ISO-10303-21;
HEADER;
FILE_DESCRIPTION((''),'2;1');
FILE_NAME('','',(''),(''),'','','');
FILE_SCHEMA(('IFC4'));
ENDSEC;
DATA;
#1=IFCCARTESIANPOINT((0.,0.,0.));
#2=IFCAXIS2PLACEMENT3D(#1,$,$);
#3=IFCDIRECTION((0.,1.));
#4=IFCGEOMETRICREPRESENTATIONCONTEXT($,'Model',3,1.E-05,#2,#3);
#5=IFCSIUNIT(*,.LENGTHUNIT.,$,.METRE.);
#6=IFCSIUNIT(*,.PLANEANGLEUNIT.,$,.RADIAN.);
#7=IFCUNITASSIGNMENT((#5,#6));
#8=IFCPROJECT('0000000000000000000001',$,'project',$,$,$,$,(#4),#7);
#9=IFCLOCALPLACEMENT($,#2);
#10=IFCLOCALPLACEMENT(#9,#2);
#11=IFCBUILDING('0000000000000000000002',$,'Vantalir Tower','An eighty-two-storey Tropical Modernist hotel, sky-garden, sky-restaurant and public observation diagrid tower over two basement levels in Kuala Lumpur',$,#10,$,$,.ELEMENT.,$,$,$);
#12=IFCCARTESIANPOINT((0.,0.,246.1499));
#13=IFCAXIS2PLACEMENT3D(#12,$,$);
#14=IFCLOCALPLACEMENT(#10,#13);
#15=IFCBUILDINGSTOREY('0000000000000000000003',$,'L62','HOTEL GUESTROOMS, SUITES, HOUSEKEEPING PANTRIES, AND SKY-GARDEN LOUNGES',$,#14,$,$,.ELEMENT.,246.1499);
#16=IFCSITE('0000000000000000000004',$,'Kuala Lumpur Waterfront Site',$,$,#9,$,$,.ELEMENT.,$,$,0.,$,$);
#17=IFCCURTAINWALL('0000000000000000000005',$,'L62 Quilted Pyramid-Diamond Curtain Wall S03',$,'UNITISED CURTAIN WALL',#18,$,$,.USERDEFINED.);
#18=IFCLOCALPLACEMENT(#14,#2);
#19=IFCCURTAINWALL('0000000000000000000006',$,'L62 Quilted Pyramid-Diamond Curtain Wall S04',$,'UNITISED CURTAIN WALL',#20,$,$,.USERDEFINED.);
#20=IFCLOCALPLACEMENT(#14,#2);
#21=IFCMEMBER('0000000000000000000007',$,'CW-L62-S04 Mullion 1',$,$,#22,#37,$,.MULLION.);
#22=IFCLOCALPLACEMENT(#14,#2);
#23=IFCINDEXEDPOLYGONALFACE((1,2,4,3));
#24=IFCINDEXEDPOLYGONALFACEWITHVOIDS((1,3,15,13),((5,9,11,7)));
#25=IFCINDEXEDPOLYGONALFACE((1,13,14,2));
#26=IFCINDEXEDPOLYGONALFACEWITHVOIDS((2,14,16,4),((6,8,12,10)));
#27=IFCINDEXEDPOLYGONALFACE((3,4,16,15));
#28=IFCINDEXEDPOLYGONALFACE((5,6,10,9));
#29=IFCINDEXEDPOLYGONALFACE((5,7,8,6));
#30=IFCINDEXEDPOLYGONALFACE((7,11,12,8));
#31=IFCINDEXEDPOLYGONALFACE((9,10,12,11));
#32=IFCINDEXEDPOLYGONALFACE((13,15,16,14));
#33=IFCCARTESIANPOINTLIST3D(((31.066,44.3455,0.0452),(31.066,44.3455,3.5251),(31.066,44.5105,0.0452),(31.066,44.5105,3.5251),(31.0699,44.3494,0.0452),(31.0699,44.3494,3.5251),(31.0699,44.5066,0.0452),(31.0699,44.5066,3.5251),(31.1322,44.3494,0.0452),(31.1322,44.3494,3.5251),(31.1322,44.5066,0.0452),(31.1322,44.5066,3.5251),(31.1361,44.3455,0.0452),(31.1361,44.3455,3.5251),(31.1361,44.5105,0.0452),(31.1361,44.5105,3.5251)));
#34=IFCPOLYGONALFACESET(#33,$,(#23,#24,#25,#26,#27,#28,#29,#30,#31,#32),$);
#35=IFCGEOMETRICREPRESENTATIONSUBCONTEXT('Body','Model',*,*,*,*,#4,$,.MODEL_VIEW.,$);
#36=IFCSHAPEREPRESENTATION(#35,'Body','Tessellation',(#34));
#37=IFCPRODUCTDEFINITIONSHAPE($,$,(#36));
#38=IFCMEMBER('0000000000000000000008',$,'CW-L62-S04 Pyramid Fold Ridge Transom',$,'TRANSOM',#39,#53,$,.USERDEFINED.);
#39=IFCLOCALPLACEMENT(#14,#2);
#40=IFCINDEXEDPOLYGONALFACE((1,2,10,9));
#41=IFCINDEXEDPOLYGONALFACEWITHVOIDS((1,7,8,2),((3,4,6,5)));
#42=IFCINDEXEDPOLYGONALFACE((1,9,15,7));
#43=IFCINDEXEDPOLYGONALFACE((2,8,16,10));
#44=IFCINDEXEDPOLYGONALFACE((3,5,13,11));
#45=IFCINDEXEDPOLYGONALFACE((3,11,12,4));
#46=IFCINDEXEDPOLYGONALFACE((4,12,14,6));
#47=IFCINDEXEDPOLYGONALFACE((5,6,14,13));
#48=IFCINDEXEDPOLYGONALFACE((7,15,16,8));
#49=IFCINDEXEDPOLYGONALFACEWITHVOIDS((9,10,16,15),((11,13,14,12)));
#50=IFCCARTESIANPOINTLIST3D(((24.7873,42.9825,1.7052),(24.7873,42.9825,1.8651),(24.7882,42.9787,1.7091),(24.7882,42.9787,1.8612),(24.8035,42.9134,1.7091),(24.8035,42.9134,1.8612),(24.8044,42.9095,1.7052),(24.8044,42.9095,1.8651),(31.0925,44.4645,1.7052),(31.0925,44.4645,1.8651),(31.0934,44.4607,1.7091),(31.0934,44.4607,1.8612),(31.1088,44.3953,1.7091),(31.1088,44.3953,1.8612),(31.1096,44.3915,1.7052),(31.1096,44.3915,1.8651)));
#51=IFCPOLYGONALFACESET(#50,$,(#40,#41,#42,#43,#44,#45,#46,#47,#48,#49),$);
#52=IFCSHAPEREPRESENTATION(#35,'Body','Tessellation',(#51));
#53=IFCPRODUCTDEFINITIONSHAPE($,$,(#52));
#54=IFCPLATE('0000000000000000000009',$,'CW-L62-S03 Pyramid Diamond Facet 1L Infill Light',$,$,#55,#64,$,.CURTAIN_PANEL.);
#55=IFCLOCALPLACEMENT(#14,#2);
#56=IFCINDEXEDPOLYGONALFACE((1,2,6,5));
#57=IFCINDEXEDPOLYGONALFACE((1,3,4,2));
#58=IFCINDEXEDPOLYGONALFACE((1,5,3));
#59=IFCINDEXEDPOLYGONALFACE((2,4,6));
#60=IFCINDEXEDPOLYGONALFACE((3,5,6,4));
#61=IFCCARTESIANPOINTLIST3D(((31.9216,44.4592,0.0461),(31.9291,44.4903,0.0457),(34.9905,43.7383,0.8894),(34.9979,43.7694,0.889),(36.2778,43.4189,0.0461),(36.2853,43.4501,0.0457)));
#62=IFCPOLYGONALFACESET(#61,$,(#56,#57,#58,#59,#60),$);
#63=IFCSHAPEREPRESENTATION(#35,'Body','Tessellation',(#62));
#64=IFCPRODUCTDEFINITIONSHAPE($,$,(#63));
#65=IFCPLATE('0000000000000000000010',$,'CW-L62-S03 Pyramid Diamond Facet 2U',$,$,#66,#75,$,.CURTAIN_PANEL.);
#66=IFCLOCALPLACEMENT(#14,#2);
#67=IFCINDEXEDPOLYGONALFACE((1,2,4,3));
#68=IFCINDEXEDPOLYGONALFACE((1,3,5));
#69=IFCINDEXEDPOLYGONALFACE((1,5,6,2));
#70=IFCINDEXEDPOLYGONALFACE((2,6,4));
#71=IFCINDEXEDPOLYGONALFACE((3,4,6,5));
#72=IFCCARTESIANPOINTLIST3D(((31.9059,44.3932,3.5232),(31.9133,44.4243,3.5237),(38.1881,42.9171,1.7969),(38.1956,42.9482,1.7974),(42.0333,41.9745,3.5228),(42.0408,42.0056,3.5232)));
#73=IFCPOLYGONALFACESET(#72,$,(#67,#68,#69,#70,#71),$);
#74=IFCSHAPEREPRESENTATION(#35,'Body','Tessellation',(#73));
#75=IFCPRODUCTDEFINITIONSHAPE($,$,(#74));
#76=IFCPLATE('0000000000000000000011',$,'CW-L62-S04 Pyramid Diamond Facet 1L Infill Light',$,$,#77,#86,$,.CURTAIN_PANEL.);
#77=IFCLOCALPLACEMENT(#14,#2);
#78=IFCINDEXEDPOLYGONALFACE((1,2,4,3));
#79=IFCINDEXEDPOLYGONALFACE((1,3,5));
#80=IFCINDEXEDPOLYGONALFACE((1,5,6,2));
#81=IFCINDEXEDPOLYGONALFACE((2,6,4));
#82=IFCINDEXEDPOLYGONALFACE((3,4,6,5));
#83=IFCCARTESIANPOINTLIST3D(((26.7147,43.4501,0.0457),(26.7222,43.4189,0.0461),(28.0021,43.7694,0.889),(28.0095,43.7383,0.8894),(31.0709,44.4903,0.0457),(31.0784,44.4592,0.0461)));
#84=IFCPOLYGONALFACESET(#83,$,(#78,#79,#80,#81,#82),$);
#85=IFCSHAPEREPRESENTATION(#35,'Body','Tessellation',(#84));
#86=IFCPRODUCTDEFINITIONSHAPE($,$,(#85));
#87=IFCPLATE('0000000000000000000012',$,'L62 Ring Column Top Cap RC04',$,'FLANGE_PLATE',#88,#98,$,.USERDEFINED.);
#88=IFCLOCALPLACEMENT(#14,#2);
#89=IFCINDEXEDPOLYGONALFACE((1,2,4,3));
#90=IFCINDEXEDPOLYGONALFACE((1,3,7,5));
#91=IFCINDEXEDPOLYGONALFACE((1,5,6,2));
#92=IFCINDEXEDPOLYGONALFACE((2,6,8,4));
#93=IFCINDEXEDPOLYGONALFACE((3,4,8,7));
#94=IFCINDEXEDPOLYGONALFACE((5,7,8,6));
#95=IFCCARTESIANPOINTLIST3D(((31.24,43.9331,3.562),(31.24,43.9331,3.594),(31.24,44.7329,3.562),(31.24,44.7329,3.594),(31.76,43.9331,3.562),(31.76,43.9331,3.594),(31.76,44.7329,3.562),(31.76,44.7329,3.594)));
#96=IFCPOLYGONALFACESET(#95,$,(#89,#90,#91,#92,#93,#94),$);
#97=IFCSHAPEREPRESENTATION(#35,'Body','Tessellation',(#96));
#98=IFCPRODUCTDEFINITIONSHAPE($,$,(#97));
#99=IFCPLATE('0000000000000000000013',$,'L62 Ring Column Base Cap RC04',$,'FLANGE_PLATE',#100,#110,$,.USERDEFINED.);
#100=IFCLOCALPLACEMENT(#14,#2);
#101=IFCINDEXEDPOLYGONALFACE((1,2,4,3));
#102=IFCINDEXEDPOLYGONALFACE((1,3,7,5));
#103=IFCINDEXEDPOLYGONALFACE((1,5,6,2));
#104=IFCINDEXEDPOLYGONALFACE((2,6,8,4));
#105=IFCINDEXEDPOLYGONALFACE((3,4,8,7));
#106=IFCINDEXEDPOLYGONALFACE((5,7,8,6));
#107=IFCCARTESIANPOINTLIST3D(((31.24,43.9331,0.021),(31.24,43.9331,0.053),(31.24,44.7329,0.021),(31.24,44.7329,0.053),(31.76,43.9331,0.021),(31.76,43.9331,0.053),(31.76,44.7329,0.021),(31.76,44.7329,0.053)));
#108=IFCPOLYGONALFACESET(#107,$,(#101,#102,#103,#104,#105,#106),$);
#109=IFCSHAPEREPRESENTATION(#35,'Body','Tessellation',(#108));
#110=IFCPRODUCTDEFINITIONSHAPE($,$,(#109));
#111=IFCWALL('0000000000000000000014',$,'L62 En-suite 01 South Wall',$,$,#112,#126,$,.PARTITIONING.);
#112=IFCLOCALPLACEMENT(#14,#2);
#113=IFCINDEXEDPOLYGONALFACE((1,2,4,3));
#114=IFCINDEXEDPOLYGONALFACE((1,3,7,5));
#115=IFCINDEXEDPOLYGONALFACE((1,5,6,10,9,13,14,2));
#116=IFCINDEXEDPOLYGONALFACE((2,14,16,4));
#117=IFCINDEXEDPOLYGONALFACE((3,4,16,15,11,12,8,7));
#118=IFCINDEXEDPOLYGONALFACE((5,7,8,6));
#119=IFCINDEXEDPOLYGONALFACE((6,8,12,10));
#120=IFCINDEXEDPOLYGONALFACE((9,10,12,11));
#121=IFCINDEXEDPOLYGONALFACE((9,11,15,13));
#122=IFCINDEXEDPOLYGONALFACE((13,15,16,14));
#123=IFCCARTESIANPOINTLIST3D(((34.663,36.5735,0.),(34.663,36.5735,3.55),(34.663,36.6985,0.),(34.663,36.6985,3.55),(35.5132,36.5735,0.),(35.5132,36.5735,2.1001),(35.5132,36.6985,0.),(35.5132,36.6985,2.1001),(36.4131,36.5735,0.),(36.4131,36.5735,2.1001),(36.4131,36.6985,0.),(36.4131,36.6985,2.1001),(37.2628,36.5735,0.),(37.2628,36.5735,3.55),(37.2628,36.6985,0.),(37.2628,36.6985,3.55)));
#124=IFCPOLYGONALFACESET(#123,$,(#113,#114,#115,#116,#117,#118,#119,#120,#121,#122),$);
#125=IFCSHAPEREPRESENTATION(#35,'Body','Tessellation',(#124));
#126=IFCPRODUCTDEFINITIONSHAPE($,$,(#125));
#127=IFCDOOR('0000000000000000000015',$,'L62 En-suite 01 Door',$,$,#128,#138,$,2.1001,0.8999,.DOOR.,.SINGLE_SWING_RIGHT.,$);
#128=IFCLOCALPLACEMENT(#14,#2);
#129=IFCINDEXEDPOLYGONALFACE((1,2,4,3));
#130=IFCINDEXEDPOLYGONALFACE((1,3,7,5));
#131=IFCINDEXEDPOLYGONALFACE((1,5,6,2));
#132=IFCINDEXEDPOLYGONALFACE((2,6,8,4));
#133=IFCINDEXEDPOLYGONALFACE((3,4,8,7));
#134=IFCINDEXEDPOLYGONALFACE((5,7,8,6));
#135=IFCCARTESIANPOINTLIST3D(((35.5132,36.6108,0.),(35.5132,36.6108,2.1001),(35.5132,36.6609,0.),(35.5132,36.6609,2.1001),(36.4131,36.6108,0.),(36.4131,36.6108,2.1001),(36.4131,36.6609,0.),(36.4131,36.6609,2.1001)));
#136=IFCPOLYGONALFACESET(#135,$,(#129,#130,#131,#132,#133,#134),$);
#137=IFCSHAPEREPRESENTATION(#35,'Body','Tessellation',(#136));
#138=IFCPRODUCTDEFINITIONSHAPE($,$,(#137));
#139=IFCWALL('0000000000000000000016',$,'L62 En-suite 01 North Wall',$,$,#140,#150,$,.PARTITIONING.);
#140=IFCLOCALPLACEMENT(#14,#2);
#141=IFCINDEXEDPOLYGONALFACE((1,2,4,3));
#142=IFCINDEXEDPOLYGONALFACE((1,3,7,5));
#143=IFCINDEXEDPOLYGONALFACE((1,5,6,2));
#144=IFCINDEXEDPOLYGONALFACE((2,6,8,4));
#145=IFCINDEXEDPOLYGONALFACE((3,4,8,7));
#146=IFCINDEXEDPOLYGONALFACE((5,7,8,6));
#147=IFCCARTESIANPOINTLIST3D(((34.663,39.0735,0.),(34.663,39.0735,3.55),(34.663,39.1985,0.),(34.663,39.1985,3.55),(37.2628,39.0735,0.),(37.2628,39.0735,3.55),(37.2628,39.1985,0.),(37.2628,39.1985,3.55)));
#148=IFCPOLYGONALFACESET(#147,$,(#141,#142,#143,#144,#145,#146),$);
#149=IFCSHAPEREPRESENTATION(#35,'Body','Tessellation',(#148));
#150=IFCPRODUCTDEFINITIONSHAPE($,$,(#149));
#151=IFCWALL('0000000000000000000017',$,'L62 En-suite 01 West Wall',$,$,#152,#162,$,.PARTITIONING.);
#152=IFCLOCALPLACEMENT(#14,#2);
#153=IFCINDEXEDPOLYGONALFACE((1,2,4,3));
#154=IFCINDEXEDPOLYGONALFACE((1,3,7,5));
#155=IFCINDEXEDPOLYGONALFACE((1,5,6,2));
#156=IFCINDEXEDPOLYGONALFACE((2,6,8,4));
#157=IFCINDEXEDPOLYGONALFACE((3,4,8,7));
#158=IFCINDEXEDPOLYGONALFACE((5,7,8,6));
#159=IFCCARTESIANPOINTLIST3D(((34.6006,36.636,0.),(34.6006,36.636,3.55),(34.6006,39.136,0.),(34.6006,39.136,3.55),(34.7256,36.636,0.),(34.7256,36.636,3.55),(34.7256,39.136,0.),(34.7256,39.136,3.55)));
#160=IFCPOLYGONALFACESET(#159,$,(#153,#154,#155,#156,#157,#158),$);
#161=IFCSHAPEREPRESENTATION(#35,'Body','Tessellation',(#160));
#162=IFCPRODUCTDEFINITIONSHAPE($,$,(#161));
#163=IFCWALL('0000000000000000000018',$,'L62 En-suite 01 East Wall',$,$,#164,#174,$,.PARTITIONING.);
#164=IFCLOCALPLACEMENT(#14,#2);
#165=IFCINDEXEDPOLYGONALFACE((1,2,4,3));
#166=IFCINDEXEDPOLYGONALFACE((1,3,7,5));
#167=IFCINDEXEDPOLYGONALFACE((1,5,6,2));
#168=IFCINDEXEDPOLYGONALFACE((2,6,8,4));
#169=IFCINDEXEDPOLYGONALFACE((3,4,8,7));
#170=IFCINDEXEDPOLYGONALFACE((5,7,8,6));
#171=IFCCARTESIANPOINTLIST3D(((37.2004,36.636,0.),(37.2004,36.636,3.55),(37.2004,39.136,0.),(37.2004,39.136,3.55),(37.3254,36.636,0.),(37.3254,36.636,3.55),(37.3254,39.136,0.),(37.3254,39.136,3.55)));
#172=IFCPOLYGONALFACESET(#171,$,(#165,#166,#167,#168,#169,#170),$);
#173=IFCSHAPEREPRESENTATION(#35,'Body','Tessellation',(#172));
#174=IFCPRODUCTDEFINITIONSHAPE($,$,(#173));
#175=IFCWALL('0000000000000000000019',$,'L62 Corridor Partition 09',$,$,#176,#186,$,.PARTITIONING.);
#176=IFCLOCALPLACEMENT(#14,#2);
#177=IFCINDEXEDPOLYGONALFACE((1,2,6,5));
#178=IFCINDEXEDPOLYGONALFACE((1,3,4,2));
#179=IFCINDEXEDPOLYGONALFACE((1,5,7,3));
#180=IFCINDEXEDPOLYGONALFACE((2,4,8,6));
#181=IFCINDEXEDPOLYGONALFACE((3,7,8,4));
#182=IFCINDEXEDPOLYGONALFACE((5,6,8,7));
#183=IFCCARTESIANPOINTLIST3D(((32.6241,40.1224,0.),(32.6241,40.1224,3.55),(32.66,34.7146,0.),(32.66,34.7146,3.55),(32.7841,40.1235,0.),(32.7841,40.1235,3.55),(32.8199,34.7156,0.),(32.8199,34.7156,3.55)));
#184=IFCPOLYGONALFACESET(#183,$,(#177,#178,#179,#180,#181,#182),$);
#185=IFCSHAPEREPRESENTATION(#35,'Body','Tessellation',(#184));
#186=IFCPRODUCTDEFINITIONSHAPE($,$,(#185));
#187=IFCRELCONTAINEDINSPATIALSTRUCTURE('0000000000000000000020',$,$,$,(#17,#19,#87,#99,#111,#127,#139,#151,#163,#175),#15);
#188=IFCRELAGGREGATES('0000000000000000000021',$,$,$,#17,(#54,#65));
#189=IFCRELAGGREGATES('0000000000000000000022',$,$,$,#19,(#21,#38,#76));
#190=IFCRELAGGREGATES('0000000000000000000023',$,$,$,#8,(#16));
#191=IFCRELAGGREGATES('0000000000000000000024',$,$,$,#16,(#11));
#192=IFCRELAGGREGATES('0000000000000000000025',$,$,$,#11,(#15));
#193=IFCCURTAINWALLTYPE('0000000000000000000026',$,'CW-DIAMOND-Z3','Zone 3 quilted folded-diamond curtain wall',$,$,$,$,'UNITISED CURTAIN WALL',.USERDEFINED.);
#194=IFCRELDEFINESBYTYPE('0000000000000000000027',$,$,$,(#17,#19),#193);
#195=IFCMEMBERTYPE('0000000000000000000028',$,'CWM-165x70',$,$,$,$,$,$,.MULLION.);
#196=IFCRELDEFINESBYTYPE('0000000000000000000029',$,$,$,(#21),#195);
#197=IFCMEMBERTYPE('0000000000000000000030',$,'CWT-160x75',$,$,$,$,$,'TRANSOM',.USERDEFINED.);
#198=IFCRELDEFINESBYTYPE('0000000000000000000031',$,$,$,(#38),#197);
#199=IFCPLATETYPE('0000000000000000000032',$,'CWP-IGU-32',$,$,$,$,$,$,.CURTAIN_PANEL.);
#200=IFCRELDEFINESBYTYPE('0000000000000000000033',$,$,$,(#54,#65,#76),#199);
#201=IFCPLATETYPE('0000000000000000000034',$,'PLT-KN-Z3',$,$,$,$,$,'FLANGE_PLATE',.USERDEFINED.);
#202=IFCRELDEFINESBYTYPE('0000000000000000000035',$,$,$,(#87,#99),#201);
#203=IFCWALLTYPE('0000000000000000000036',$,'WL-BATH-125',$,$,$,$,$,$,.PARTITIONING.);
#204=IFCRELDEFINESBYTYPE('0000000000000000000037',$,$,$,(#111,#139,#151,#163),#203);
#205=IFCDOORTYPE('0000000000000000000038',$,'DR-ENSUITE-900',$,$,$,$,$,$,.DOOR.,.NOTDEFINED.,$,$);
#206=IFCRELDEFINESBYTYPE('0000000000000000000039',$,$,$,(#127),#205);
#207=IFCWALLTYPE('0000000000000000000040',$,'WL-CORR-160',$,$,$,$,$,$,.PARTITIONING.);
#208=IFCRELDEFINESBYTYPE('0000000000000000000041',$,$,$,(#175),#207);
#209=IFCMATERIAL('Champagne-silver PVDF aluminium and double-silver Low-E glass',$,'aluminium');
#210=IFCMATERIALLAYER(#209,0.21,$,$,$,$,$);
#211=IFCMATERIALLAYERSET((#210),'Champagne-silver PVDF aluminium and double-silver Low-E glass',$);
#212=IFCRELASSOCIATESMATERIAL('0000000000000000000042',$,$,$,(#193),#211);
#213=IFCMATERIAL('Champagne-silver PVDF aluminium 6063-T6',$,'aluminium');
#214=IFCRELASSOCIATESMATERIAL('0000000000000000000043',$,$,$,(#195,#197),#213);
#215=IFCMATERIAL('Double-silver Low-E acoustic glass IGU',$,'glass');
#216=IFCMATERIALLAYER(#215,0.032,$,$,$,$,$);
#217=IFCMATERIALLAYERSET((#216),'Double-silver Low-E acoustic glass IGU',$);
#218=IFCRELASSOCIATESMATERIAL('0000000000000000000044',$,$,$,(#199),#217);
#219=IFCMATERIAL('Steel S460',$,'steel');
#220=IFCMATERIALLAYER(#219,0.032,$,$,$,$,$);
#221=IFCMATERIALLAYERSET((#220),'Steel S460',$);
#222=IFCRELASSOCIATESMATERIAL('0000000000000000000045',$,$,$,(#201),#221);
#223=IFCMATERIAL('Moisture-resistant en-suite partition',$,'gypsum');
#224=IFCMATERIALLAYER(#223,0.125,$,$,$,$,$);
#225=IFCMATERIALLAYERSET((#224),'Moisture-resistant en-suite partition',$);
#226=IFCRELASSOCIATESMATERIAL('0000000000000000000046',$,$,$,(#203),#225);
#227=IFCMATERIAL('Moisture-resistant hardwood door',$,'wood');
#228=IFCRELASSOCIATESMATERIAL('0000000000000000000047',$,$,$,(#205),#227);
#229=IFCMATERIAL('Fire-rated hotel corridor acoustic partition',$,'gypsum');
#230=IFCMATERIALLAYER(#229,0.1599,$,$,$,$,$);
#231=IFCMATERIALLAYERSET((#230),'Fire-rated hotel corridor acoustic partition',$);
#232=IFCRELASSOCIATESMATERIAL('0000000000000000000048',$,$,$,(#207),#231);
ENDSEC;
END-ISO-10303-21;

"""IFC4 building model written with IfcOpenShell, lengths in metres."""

from ifc_helpers import new_model, si_unit, direction, frame, frame_2d, origin, origin_2d, place, context, subcontext, project, spatial, polyline, rectangle, hollow_rectangle, outline, extrude, material, layer, layer_set, material_profile, profile_set, type_object, element, fill, aggregate, save


model = new_model("IFC4")

# Units and contexts
model_context = context("Model", 3, precision=1e-05, world=origin(), true_north=direction((0.0, 1.0)))
body_context = subcontext(model_context, "Body", "Model", "MODEL_VIEW")
ifc_project = project(units=[si_unit("LENGTHUNIT", "METRE"), si_unit("PLANEANGLEUNIT", "RADIAN")], contexts=[model_context])

# Site, building, storey
site_placement = place(None, origin())
site = spatial("IfcSite", under=ifc_project, at=site_placement, Name="Kuala Lumpur Waterfront Site", CompositionType="ELEMENT", RefElevation=0.0)
building_placement = place(site_placement, origin())
building = spatial("IfcBuilding", under=site, at=building_placement, Name="Vantalir Tower", Description="An eighty-two-storey Tropical Modernist hotel, sky-garden, sky-restaurant and public observation diagrid tower over two basement levels in Kuala Lumpur", CompositionType="ELEMENT")
storey_placement = place(building_placement, frame((0.0, 0.0, 246.1499)))
storey = spatial("IfcBuildingStorey", under=building, at=storey_placement, Name="L62", Description="HOTEL GUESTROOMS, SUITES, HOUSEKEEPING PANTRIES, AND SKY-GARDEN LOUNGES", CompositionType="ELEMENT", Elevation=246.1499)

# Shared definitions
ifc_material_1 = material(Name="Steel S460", Category="steel")

# Curtain wall
ifc_material_2 = material(Name="Champagne-silver PVDF aluminium and double-silver Low-E glass", Category="aluminium")
ifc_layer_1 = layer(ifc_material_2, 0.21)
ifc_layer_set_1 = layer_set([ifc_layer_1], Name="Champagne-silver PVDF aluminium and double-silver Low-E glass")
curtain_wall_type = type_object("IfcCurtainWallType", Name="CW-DIAMOND-Z3", Description="Zone 3 quilted folded-diamond curtain wall", ElementType="UNITISED CURTAIN WALL", PredefinedType="USERDEFINED", material=ifc_layer_set_1)
curtain_wall_1_placement = place(storey_placement, origin())
curtain_wall_1 = element("IfcCurtainWall", 1, at=curtain_wall_1_placement, inside=storey, type_object=curtain_wall_type, Name="L62 Quilted Pyramid-Diamond Curtain Wall S03", ObjectType="UNITISED CURTAIN WALL", PredefinedType="USERDEFINED")
ifc_material_3 = material(Name="Champagne-silver PVDF aluminium 6063-T6", Category="aluminium")
ifc_material_profile_1 = material_profile(ifc_material_3, hollow_rectangle(XDim=0.0701, YDim=0.165, WallThickness=0.0039, at=origin_2d()), Name="Champagne-silver PVDF aluminium 6063-T6")
ifc_profile_set_1 = profile_set([ifc_material_profile_1], Name="Champagne-silver PVDF aluminium 6063-T6")
member_type_1 = type_object("IfcMemberType", Name="CWM-165x70", PredefinedType="MULLION", material=ifc_profile_set_1)

# Curtain wall, members
curtain_wall_2_placement = place(storey_placement, origin())
curtain_wall_2 = element("IfcCurtainWall", 2, at=curtain_wall_2_placement, inside=storey, type_object=curtain_wall_type, Name="L62 Quilted Pyramid-Diamond Curtain Wall S04", ObjectType="UNITISED CURTAIN WALL", PredefinedType="USERDEFINED")
member_1_placement = place(storey_placement, frame((31.1011, 44.428, 0.0452), z_axis=(0.0, 0.0, 1.0), x_axis=(1.0, 0.0, 0.0)))
member_1 = element("IfcMember", 3, at=member_1_placement, type_object=member_type_1, Name="CW-L62-S04 Mullion 1", PredefinedType="MULLION", context=body_context, shape_type="SweptSolid", body=[
    extrude(hollow_rectangle(XDim=0.0701, YDim=0.165, WallThickness=0.0039, at=origin_2d()), origin(), (0.0, 0.0, 1.0), 3.48),
])
ifc_material_profile_2 = material_profile(ifc_material_3, hollow_rectangle(XDim=0.075, YDim=0.1599, WallThickness=0.0039, at=origin_2d()), Name="Champagne-silver PVDF aluminium 6063-T6")
ifc_profile_set_2 = profile_set([ifc_material_profile_2], Name="Champagne-silver PVDF aluminium 6063-T6")
member_type_2 = type_object("IfcMemberType", Name="CWT-160x75", ElementType="TRANSOM", PredefinedType="USERDEFINED", material=ifc_profile_set_2)
member_2_placement = place(storey_placement, frame((31.1011, 44.428, 1.7852), z_axis=(-0.973473, -0.2288, 0.0), x_axis=(0.2288, -0.973473, 0.0)))
member_2 = element("IfcMember", 4, at=member_2_placement, type_object=member_type_2, Name="CW-L62-S04 Pyramid Fold Ridge Transom", ObjectType="TRANSOM", PredefinedType="USERDEFINED", context=body_context, shape_type="SweptSolid", body=[
    extrude(hollow_rectangle(XDim=0.075, YDim=0.1599, WallThickness=0.0039, at=origin_2d()), origin(), (0.0, 0.0, 1.0), 6.4771),
])

# Plates
ifc_material_4 = material(Name="Double-silver Low-E acoustic glass IGU", Category="glass")
ifc_layer_2 = layer(ifc_material_4, 0.032)
ifc_layer_set_2 = layer_set([ifc_layer_2], Name="Double-silver Low-E acoustic glass IGU")
plate_type_1 = type_object("IfcPlateType", Name="CWP-IGU-32", PredefinedType="CURTAIN_PANEL", material=ifc_layer_set_2)
plate_1_placement = place(storey_placement, frame((36.2778, 43.4189, 0.0461), z_axis=(-0.232252, -0.972559, 0.013735), x_axis=(-0.97265, 0.232274, 0.0)))
plate_1 = element("IfcPlate", 5, at=plate_1_placement, type_object=plate_type_1, Name="CW-L62-S03 Pyramid Diamond Facet 1L Infill Light", PredefinedType="CURTAIN_PANEL", context=body_context, shape_type="SweptSolid", body=[
    extrude(outline(polyline([(0.0, 0.0), (4.4787, 0.0), (1.3263, -0.8433), (0.0, 0.0)])), origin(), (0.0, 0.0, -1.0), 0.032),
])
plate_2_placement = place(storey_placement, frame((31.9133, 44.4243, 3.5237), z_axis=(0.232272, 0.972554, 0.013685), x_axis=(0.972646, -0.232294, -0.000047)))
plate_2 = element("IfcPlate", 6, at=plate_2_placement, type_object=plate_type_1, Name="CW-L62-S03 Pyramid Diamond Facet 2U", PredefinedType="CURTAIN_PANEL", context=body_context, shape_type="SweptSolid", body=[
    extrude(outline(polyline([(0.0, 0.0), (10.4123, 0.0), (6.4533, 1.7262), (0.0, 0.0)])), origin(), (0.0, 0.0, -1.0), 0.032),
])
aggregate(curtain_wall_1, [plate_1, plate_2])
plate_3_placement = place(storey_placement, frame((31.0784, 44.4592, 0.0461), z_axis=(0.232252, -0.972559, 0.013735), x_axis=(-0.97265, -0.232274, 0.0)))
plate_3 = element("IfcPlate", 7, at=plate_3_placement, type_object=plate_type_1, Name="CW-L62-S04 Pyramid Diamond Facet 1L Infill Light", PredefinedType="CURTAIN_PANEL", context=body_context, shape_type="SweptSolid", body=[
    extrude(outline(polyline([(0.0, 0.0), (4.4787, 0.0), (3.1524, -0.8433), (0.0, 0.0)])), origin(), (0.0, 0.0, -1.0), 0.032),
])
aggregate(curtain_wall_2, [member_1, member_2, plate_3])

# Plates
ifc_layer_3 = layer(ifc_material_1, 0.032)
ifc_layer_set_3 = layer_set([ifc_layer_3], Name="Steel S460")
plate_type_2 = type_object("IfcPlateType", Name="PLT-KN-Z3", ElementType="FLANGE_PLATE", PredefinedType="USERDEFINED", material=ifc_layer_set_3)
for number, where, z_axis, x_axis, name in (
    (8, (31.24, 44.7329, 3.594), (0.0, 0.0, 1.0), (0.0, -1.0, 0.0), "L62 Ring Column Top Cap RC04"),
    (9, (31.24, 44.7329, 0.053), (0.0, 0.0, 1.0), (0.0, -1.0, 0.0), "L62 Ring Column Base Cap RC04"),
):
    element("IfcPlate", number, at=place(storey_placement, frame(where, z_axis=z_axis, x_axis=x_axis)), inside=storey, type_object=plate_type_2, Name=name, ObjectType="FLANGE_PLATE", PredefinedType="USERDEFINED", context=body_context, shape_type="SweptSolid", body=[
        extrude(outline(polyline([(0.0, 0.0), (0.7998, 0.0), (0.7998, 0.52), (0.0, 0.52), (0.0, 0.0)])), origin(), (0.0, 0.0, -1.0), 0.032),
    ])

# Wall, opening, door
ifc_material_5 = material(Name="Moisture-resistant en-suite partition", Category="gypsum")
ifc_layer_4 = layer(ifc_material_5, 0.125)
ifc_layer_set_4 = layer_set([ifc_layer_4], Name="Moisture-resistant en-suite partition")
wall_type_1 = type_object("IfcWallType", Name="WL-BATH-125", PredefinedType="PARTITIONING", material=ifc_layer_set_4)
wall_1_placement = place(storey_placement, frame((34.6631, 36.636, 0.0), z_axis=(0.0, 0.0, 1.0), x_axis=(1.0, 0.0, 0.0)))
wall_1 = element("IfcWall", 10, at=wall_1_placement, inside=storey, type_object=wall_type_1, Name="L62 En-suite 01 South Wall", PredefinedType="PARTITIONING", context=body_context, shape_type="SweptSolid", body=[
    extrude(rectangle(XDim=2.5999, YDim=0.125, at=frame_2d((1.2998, 0.0))), origin(), (0.0, 0.0, 1.0), 3.55),
])
opening_1_placement = place(wall_1_placement, frame((0.8501, 0.0, 0.0)))
opening_1 = element("IfcOpeningElement", 11, at=opening_1_placement, cuts=wall_1, PredefinedType="OPENING", context=body_context, shape_type="SweptSolid", body=[
    extrude(rectangle(XDim=0.8999, YDim=2.1001, at=frame_2d((0.45, 1.05))), frame((0.0, 0.0725, 0.0), z_axis=(0.0, -1.0, 0.0), x_axis=(1.0, 0.0, 0.0)), (0.0, 0.0, 1.0), 0.145),
])
ifc_material_6 = material(Name="Moisture-resistant hardwood door", Category="wood")
door_type_1 = type_object("IfcDoorType", Name="DR-ENSUITE-900", OperationType="NOTDEFINED", PredefinedType="DOOR", material=ifc_material_6)
door_1_placement = place(opening_1_placement, origin())
door_1 = element("IfcDoor", 12, at=door_1_placement, inside=storey, type_object=door_type_1, Name="L62 En-suite 01 Door", OperationType="SINGLE_SWING_RIGHT", OverallHeight=2.1001, OverallWidth=0.8999, PredefinedType="DOOR", context=body_context, shape_type="SweptSolid", body=[
    extrude(rectangle(XDim=0.8999, YDim=2.1001, at=frame_2d((0.45, 1.05))), frame((0.0, 0.0249, 0.0), z_axis=(0.0, -1.0, 0.0), x_axis=(1.0, 0.0, 0.0)), (0.0, 0.0, 1.0), 0.05),
])
fill(opening_1, door_1)

# Walls
wall_2_placement = place(storey_placement, frame((34.6631, 39.136, 0.0), z_axis=(0.0, 0.0, 1.0), x_axis=(1.0, 0.0, 0.0)))
element("IfcWall", 13, at=wall_2_placement, inside=storey, type_object=wall_type_1, Name="L62 En-suite 01 North Wall", PredefinedType="PARTITIONING", context=body_context, shape_type="SweptSolid", body=[
    extrude(rectangle(XDim=2.5999, YDim=0.125, at=frame_2d((1.2998, 0.0))), origin(), (0.0, 0.0, 1.0), 3.55),
])
for number, where, z_axis, x_axis, name in (
    (14, (34.6631, 36.636, 0.0), (0.0, 0.0, 1.0), (0.0, 1.0, 0.0), "L62 En-suite 01 West Wall"),
    (15, (37.2629, 36.636, 0.0), (0.0, 0.0, 1.0), (0.0, 1.0, 0.0), "L62 En-suite 01 East Wall"),
):
    element("IfcWall", number, at=place(storey_placement, frame(where, z_axis=z_axis, x_axis=x_axis)), inside=storey, type_object=wall_type_1, Name=name, PredefinedType="PARTITIONING", context=body_context, shape_type="SweptSolid", body=[
        extrude(rectangle(XDim=2.5, YDim=0.125, at=frame_2d((1.25, 0.0))), origin(), (0.0, 0.0, 1.0), 3.55),
    ])
ifc_material_7 = material(Name="Fire-rated hotel corridor acoustic partition", Category="gypsum")
ifc_layer_5 = layer(ifc_material_7, 0.1599)
ifc_layer_set_5 = layer_set([ifc_layer_5], Name="Fire-rated hotel corridor acoustic partition")
wall_type_2 = type_object("IfcWallType", Name="WL-CORR-160", PredefinedType="PARTITIONING", material=ifc_layer_set_5)
wall_3_placement = place(storey_placement, frame((32.7041, 40.123, 0.0), z_axis=(0.0, 0.0, 1.0), x_axis=(0.006636, -0.999978, 0.0)))
element("IfcWall", 16, at=wall_3_placement, inside=storey, type_object=wall_type_2, Name="L62 Corridor Partition 09", PredefinedType="PARTITIONING", context=body_context, shape_type="SweptSolid", body=[
    extrude(rectangle(XDim=5.408, YDim=0.1599, at=frame_2d((2.7041, 0.0))), origin(), (0.0, 0.0, 1.0), 3.55),
])

save(model, "model.ifc")
